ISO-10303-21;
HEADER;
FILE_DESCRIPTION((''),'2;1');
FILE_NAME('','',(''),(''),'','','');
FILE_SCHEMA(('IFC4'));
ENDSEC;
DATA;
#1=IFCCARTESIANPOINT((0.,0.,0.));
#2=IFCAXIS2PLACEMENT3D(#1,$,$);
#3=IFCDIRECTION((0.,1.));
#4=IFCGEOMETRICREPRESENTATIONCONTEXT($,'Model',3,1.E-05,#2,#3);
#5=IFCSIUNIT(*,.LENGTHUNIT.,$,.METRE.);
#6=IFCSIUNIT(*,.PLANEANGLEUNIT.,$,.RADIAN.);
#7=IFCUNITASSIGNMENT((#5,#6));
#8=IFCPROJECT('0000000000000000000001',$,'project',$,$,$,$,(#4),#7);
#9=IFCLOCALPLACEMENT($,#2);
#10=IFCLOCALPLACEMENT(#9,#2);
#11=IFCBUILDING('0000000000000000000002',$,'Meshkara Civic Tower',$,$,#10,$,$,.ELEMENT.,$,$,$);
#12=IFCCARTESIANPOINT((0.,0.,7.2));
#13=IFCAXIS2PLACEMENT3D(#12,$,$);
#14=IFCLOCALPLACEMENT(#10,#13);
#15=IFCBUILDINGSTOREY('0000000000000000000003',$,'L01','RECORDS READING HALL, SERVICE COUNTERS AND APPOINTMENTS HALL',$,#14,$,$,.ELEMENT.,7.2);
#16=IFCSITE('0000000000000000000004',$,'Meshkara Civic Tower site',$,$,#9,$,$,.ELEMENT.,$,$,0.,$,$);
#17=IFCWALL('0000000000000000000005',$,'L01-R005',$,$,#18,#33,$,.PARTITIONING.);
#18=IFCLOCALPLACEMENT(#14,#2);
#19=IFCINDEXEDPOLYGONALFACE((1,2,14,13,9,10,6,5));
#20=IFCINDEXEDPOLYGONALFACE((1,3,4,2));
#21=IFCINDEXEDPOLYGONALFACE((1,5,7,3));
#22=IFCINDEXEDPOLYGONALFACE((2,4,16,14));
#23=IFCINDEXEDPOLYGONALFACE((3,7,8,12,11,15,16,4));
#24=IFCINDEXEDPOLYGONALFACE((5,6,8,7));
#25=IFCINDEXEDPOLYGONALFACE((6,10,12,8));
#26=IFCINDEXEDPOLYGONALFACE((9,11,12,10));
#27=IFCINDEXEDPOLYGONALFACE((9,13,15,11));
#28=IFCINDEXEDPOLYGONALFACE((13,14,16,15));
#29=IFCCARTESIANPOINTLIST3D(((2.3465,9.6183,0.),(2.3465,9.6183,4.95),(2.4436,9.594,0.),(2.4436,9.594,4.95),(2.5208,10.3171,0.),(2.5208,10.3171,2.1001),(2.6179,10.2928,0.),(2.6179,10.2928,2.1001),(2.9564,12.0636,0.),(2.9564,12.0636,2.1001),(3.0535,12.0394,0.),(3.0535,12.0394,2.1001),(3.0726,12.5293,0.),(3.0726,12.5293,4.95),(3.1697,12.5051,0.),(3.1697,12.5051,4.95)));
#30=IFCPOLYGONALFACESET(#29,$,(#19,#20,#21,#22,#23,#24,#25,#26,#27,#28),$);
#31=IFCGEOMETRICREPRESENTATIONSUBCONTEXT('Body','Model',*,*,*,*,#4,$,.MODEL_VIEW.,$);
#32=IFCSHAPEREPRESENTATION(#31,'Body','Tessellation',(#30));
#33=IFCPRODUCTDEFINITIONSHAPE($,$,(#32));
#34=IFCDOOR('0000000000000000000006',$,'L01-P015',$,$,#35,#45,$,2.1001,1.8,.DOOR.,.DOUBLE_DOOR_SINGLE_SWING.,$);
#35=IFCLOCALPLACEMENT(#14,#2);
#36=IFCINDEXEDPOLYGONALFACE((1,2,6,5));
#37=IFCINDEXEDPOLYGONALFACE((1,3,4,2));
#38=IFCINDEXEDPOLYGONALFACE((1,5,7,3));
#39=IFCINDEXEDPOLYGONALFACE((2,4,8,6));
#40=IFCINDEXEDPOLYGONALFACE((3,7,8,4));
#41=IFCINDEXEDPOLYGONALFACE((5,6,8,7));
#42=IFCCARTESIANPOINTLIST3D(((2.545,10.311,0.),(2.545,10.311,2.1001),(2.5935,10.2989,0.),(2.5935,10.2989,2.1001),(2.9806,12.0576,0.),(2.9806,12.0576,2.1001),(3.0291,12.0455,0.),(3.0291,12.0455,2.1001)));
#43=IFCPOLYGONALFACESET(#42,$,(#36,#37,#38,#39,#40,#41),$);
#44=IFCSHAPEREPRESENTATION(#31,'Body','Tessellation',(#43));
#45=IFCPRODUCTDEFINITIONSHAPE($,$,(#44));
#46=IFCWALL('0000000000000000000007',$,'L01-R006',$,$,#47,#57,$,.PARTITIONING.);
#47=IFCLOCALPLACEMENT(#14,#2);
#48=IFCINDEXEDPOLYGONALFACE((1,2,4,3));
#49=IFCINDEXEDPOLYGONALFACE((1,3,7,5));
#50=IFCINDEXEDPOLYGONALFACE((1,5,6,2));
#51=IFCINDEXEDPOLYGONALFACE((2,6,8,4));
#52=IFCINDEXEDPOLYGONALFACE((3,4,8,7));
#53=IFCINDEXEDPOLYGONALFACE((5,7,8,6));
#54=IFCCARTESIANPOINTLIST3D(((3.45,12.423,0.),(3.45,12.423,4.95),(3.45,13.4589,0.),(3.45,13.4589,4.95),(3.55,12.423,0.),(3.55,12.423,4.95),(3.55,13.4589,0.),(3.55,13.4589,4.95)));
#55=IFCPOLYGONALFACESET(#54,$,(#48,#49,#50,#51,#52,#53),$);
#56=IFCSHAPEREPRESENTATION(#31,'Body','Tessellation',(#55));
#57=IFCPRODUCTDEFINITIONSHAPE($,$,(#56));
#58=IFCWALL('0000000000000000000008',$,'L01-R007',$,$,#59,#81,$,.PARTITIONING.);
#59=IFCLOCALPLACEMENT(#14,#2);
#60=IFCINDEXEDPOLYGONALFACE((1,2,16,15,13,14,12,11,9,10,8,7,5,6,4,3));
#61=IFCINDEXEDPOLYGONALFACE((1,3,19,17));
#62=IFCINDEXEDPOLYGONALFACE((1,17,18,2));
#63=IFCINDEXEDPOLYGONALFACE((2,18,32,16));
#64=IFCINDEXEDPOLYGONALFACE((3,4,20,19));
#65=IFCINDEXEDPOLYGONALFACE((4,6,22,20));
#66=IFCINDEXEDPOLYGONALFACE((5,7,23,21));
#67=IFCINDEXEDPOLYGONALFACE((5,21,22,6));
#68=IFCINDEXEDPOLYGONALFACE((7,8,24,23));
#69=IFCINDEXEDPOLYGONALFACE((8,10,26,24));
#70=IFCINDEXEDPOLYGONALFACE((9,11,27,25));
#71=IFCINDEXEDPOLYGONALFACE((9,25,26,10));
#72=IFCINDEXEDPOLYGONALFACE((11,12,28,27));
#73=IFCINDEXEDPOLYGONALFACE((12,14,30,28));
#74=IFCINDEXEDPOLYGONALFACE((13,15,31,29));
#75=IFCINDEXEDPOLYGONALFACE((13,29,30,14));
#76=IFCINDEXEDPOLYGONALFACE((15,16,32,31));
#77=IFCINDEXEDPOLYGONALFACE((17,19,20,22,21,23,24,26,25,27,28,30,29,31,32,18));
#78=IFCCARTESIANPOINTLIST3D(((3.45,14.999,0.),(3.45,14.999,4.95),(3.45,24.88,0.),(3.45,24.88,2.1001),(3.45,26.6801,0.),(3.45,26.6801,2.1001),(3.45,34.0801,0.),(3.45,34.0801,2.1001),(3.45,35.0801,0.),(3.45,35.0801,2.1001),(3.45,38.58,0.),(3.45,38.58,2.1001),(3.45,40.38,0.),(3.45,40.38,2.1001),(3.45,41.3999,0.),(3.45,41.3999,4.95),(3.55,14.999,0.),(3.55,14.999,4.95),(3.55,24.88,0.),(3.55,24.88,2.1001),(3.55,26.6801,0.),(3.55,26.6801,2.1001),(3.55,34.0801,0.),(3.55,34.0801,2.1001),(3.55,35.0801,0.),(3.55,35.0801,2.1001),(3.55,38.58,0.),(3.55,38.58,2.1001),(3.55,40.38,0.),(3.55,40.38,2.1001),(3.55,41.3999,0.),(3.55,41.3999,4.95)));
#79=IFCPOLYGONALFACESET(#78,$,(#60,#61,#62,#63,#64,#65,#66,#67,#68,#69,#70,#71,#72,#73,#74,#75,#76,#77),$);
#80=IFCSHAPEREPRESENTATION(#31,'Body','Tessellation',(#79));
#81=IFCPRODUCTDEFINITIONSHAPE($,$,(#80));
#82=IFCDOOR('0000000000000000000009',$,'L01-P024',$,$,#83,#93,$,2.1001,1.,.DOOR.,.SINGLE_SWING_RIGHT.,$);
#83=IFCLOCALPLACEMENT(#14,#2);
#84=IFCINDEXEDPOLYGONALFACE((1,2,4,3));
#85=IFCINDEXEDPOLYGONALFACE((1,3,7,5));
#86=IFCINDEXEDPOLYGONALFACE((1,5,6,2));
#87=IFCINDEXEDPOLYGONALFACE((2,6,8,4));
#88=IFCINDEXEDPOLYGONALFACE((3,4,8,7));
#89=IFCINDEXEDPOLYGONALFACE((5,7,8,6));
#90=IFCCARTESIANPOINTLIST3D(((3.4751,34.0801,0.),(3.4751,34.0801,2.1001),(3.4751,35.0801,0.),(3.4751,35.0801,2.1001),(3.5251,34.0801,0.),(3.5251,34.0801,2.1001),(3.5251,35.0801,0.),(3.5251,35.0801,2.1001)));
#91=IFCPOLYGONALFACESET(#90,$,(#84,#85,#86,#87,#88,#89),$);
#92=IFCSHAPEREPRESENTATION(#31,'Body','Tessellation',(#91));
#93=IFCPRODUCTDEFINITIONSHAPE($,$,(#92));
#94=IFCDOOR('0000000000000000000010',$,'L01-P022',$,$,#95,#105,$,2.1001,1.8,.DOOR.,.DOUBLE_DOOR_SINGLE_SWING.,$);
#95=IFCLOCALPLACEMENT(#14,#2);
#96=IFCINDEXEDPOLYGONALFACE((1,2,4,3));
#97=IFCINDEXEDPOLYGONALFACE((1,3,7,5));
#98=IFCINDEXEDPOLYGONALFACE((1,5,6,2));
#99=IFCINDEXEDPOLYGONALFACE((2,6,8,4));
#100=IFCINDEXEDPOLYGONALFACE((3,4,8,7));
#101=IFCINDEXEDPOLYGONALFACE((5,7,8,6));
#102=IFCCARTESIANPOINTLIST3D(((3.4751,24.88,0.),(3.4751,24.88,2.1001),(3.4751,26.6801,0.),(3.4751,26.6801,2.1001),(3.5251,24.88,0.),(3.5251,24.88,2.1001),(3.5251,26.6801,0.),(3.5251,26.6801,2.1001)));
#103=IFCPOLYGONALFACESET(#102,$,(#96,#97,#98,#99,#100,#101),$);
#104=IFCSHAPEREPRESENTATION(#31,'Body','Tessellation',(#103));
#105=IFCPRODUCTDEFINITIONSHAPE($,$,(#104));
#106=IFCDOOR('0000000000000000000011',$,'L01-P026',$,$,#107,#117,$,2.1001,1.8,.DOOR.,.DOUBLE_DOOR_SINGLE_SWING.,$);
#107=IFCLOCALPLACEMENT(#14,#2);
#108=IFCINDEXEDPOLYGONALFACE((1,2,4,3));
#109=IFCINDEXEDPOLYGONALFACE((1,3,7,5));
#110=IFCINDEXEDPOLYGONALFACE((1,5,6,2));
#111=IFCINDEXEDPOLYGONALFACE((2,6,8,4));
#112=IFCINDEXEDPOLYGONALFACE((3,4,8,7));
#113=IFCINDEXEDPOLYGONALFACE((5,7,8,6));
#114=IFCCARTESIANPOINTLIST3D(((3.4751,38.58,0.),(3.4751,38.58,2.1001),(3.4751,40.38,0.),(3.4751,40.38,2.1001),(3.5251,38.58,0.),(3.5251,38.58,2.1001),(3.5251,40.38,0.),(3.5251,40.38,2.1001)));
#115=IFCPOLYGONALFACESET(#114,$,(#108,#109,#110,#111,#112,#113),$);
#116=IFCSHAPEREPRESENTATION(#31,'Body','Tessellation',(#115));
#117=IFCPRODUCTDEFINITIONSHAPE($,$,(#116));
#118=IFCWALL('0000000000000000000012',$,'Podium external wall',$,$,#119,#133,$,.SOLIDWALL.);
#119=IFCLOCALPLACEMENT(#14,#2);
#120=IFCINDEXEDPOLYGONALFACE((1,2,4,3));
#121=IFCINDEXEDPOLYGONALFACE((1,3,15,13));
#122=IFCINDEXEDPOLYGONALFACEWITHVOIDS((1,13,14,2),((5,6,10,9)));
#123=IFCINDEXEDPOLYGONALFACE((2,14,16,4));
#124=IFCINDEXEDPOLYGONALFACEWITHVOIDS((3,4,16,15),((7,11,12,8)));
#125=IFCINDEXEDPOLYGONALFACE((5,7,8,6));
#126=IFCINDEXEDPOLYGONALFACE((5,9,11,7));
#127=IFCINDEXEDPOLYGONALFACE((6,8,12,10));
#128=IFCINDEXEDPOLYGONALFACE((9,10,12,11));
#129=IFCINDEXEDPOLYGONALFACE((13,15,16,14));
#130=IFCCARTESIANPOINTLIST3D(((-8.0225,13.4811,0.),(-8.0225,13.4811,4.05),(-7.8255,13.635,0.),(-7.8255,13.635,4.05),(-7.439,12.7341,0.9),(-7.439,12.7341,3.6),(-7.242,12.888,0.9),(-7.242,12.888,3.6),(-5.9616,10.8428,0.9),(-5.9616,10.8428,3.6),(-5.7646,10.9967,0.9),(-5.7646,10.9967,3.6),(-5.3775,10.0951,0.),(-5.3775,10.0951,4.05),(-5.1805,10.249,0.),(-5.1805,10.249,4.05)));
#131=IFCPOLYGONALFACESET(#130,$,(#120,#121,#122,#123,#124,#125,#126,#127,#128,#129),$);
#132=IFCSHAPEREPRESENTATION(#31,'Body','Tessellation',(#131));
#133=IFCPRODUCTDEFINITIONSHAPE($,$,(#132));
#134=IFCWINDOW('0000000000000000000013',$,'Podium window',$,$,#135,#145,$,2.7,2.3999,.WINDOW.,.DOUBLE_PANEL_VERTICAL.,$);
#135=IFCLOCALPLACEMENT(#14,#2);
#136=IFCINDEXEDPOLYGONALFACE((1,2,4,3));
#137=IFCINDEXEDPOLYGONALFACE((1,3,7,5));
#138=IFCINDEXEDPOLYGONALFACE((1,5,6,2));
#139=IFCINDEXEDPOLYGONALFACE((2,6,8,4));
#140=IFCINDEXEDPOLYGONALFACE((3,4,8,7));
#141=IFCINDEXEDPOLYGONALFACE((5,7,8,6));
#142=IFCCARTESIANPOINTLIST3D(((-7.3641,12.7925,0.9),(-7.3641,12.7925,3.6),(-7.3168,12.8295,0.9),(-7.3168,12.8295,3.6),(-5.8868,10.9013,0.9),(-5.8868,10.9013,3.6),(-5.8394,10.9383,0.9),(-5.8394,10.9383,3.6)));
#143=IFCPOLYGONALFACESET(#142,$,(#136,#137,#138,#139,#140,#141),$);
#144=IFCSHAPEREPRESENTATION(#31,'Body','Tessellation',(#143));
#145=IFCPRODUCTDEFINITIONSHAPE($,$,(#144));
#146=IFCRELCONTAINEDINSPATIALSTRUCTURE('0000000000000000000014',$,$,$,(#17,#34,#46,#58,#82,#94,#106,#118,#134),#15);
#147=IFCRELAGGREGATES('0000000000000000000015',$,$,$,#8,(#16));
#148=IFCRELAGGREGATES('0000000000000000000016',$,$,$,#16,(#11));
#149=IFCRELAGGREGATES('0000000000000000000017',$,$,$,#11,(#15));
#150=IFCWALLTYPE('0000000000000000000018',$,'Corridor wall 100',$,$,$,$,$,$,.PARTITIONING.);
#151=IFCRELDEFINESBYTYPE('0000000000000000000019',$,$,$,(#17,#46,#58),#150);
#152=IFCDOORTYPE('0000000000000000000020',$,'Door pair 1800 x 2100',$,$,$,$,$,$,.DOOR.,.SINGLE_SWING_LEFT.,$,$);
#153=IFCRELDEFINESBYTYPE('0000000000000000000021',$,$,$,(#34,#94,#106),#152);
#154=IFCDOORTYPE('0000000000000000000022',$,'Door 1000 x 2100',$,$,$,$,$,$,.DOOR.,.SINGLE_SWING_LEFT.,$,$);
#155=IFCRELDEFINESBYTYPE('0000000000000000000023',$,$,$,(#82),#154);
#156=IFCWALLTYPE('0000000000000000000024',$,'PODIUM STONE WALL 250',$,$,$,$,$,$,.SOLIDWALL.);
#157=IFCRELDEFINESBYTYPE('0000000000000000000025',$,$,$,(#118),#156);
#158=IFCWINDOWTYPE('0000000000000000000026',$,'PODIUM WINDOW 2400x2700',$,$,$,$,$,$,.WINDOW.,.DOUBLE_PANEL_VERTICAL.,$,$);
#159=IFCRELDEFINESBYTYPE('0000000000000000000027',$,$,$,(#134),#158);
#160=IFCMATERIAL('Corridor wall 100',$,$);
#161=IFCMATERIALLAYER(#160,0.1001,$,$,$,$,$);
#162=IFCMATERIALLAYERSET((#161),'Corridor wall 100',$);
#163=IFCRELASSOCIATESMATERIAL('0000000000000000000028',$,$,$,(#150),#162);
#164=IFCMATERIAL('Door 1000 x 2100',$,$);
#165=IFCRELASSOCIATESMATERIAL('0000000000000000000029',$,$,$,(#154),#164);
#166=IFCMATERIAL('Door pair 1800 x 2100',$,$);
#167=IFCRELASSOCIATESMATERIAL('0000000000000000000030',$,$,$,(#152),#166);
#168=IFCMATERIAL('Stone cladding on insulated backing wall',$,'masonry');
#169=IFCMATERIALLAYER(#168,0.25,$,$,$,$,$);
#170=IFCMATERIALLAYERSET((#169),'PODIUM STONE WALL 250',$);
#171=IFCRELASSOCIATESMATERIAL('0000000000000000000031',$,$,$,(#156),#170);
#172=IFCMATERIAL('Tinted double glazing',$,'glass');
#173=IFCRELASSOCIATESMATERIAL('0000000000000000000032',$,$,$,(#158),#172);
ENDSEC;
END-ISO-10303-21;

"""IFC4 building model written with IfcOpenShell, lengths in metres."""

from ifc_helpers import new_model, si_unit, direction, frame, frame_2d, origin, place, context, subcontext, project, spatial, rectangle, extrude, material, layer, layer_set, type_object, element, fill, save


model = new_model("IFC4")

# Units and contexts
model_context = context("Model", 3, precision=1e-05, world=origin(), true_north=direction((0.0, 1.0)))
body_context = subcontext(model_context, "Body", "Model", "MODEL_VIEW")
ifc_project = project(units=[si_unit("LENGTHUNIT", "METRE"), si_unit("PLANEANGLEUNIT", "RADIAN")], contexts=[model_context])

# Site, building, storey
site_placement = place(None, origin())
site = spatial("IfcSite", under=ifc_project, at=site_placement, Name="Meshkara Civic Tower site", CompositionType="ELEMENT", RefElevation=0.0)
building_placement = place(site_placement, origin())
building = spatial("IfcBuilding", under=site, at=building_placement, Name="Meshkara Civic Tower", CompositionType="ELEMENT")
storey_placement = place(building_placement, frame((0.0, 0.0, 7.2)))
storey = spatial("IfcBuildingStorey", under=building, at=storey_placement, Name="L01", Description="RECORDS READING HALL, SERVICE COUNTERS AND APPOINTMENTS HALL", CompositionType="ELEMENT", Elevation=7.2)

# Shared definitions
ifc_material_1 = material(Name="Corridor wall 100")
ifc_layer_1 = layer(ifc_material_1, 0.1001)
ifc_layer_set_1 = layer_set([ifc_layer_1], Name="Corridor wall 100")
wall_type_1 = type_object("IfcWallType", Name="Corridor wall 100", PredefinedType="PARTITIONING", material=ifc_layer_set_1)
ifc_material_2 = material(Name="Door 1000 x 2100")
door_type_1 = type_object("IfcDoorType", Name="Door 1000 x 2100", OperationType="SINGLE_SWING_LEFT", PredefinedType="DOOR", material=ifc_material_2)
ifc_material_3 = material(Name="Door pair 1800 x 2100")
door_type_2 = type_object("IfcDoorType", Name="Door pair 1800 x 2100", OperationType="SINGLE_SWING_LEFT", PredefinedType="DOOR", material=ifc_material_3)

# Wall, opening, door
wall_1_placement = place(storey_placement, frame((3.1211, 12.5171, 0.0), z_axis=(0.0, 0.0, 1.0), x_axis=(-0.241999, -0.970276, 0.0)))
wall_1 = element("IfcWall", 1, at=wall_1_placement, inside=storey, type_object=wall_type_1, Name="L01-R005", PredefinedType="PARTITIONING", context=body_context, shape_type="SweptSolid", body=[
    extrude(rectangle(XDim=3.0002, YDim=0.1001, at=frame_2d((1.5, 0.0))), origin(), (0.0, 0.0, 1.0), 4.95),
])
opening_1_placement = place(wall_1_placement, frame((0.48, 0.0, 0.0)))
opening_1 = element("IfcOpeningElement", 2, at=opening_1_placement, cuts=wall_1, PredefinedType="OPENING", context=body_context, shape_type="SweptSolid", body=[
    extrude(rectangle(XDim=1.8, YDim=2.1001, at=frame_2d((0.8999, 1.05))), frame((0.0, 0.0601, 0.0), z_axis=(0.0, -1.0, 0.0), x_axis=(1.0, 0.0, 0.0)), (0.0, 0.0, 1.0), 0.1201),
])
door_1_placement = place(opening_1_placement, origin())
door_1 = element("IfcDoor", 3, at=door_1_placement, inside=storey, type_object=door_type_2, Name="L01-P015", OperationType="DOUBLE_DOOR_SINGLE_SWING", OverallHeight=2.1001, OverallWidth=1.8, PredefinedType="DOOR", context=body_context, shape_type="SweptSolid", body=[
    extrude(rectangle(XDim=1.8, YDim=2.1001, at=frame_2d((0.8999, 1.05))), frame((0.0, 0.0249, 0.0), z_axis=(0.0, -1.0, 0.0), x_axis=(1.0, 0.0, 0.0)), (0.0, 0.0, 1.0), 0.05),
])
fill(opening_1, door_1)

# Wall
wall_2_placement = place(storey_placement, frame((3.5, 13.459, 0.0), z_axis=(0.0, 0.0, 1.0), x_axis=(0.0, -1.0, 0.0)))
element("IfcWall", 4, at=wall_2_placement, inside=storey, type_object=wall_type_1, Name="L01-R006", PredefinedType="PARTITIONING", context=body_context, shape_type="SweptSolid", body=[
    extrude(rectangle(XDim=1.0359, YDim=0.1001, at=frame_2d((0.5181, 0.0))), origin(), (0.0, 0.0, 1.0), 4.95),
])

# Wall, openings, doors
wall_3_placement = place(storey_placement, frame((3.5, 14.999, 0.0), z_axis=(0.0, 0.0, 1.0), x_axis=(0.0, 1.0, 0.0)))
wall_3 = element("IfcWall", 5, at=wall_3_placement, inside=storey, type_object=wall_type_1, Name="L01-R007", PredefinedType="PARTITIONING", context=body_context, shape_type="SweptSolid", body=[
    extrude(rectangle(XDim=26.4009, YDim=0.1001, at=frame_2d((13.2004, 0.0))), origin(), (0.0, 0.0, 1.0), 4.95),
])
opening_2_placement = place(wall_3_placement, frame((9.8811, 0.0, 0.0)))
opening_2 = element("IfcOpeningElement", 6, at=opening_2_placement, cuts=wall_3, PredefinedType="OPENING", context=body_context, shape_type="SweptSolid", body=[
    extrude(rectangle(XDim=1.8, YDim=2.1001, at=frame_2d((0.8999, 1.05))), frame((0.0, 0.0601, 0.0), z_axis=(0.0, -1.0, 0.0), x_axis=(1.0, 0.0, 0.0)), (0.0, 0.0, 1.0), 0.1201),
])
opening_3_placement = place(wall_3_placement, frame((19.0811, 0.0, 0.0)))
opening_3 = element("IfcOpeningElement", 7, at=opening_3_placement, cuts=wall_3, PredefinedType="OPENING", context=body_context, shape_type="SweptSolid", body=[
    extrude(rectangle(XDim=1.0, YDim=2.1001, at=frame_2d((0.5, 1.05))), frame((0.0, 0.0601, 0.0), z_axis=(0.0, -1.0, 0.0), x_axis=(1.0, 0.0, 0.0)), (0.0, 0.0, 1.0), 0.1201),
])
opening_4_placement = place(wall_3_placement, frame((23.5811, 0.0, 0.0)))
opening_4 = element("IfcOpeningElement", 8, at=opening_4_placement, cuts=wall_3, PredefinedType="OPENING", context=body_context, shape_type="SweptSolid", body=[
    extrude(rectangle(XDim=1.8, YDim=2.1001, at=frame_2d((0.8999, 1.05))), frame((0.0, 0.0601, 0.0), z_axis=(0.0, -1.0, 0.0), x_axis=(1.0, 0.0, 0.0)), (0.0, 0.0, 1.0), 0.1201),
])
door_2_placement = place(opening_3_placement, origin())
door_2 = element("IfcDoor", 9, at=door_2_placement, inside=storey, type_object=door_type_1, Name="L01-P024", OperationType="SINGLE_SWING_RIGHT", OverallHeight=2.1001, OverallWidth=1.0, PredefinedType="DOOR", context=body_context, shape_type="SweptSolid", body=[
    extrude(rectangle(XDim=1.0, YDim=2.1001, at=frame_2d((0.5, 1.05))), frame((0.0, 0.0249, 0.0), z_axis=(0.0, -1.0, 0.0), x_axis=(1.0, 0.0, 0.0)), (0.0, 0.0, 1.0), 0.05),
])
fill(opening_3, door_2)
door_3_placement = place(opening_2_placement, origin())
door_3 = element("IfcDoor", 10, at=door_3_placement, inside=storey, type_object=door_type_2, Name="L01-P022", OperationType="DOUBLE_DOOR_SINGLE_SWING", OverallHeight=2.1001, OverallWidth=1.8, PredefinedType="DOOR", context=body_context, shape_type="SweptSolid", body=[
    extrude(rectangle(XDim=1.8, YDim=2.1001, at=frame_2d((0.8999, 1.05))), frame((0.0, 0.0249, 0.0), z_axis=(0.0, -1.0, 0.0), x_axis=(1.0, 0.0, 0.0)), (0.0, 0.0, 1.0), 0.05),
])
fill(opening_2, door_3)
door_4_placement = place(opening_4_placement, origin())
door_4 = element("IfcDoor", 11, at=door_4_placement, inside=storey, type_object=door_type_2, Name="L01-P026", OperationType="DOUBLE_DOOR_SINGLE_SWING", OverallHeight=2.1001, OverallWidth=1.8, PredefinedType="DOOR", context=body_context, shape_type="SweptSolid", body=[
    extrude(rectangle(XDim=1.8, YDim=2.1001, at=frame_2d((0.8999, 1.05))), frame((0.0, 0.0249, 0.0), z_axis=(0.0, -1.0, 0.0), x_axis=(1.0, 0.0, 0.0)), (0.0, 0.0, 1.0), 0.05),
])
fill(opening_4, door_4)

# Wall, opening, window
ifc_material_4 = material(Name="Stone cladding on insulated backing wall", Category="masonry")
ifc_layer_2 = layer(ifc_material_4, 0.25)
ifc_layer_set_2 = layer_set([ifc_layer_2], Name="PODIUM STONE WALL 250")
wall_type_2 = type_object("IfcWallType", Name="PODIUM STONE WALL 250", PredefinedType="SOLIDWALL", material=ifc_layer_set_2)
wall_4_placement = place(storey_placement, frame((-7.9241, 13.5581, 0.0), z_axis=(0.0, 0.0, 1.0), x_axis=(0.615603, -0.788056, 0.0)))
wall_4 = element("IfcWall", 12, at=wall_4_placement, inside=storey, type_object=wall_type_2, Name="Podium external wall", PredefinedType="SOLIDWALL", context=body_context, shape_type="SweptSolid", body=[
    extrude(rectangle(XDim=4.2966, YDim=0.25, at=frame_2d((2.1484, 0.0))), origin(), (0.0, 0.0, 1.0), 4.05),
])
opening_5_placement = place(wall_4_placement, frame((0.948, 0.0, 0.8999)))
opening_5 = element("IfcOpeningElement", 13, at=opening_5_placement, cuts=wall_4, PredefinedType="OPENING", context=body_context, shape_type="SweptSolid", body=[
    extrude(rectangle(XDim=2.3999, YDim=2.7, at=frame_2d((1.2, 1.3501))), frame((0.0, 0.135, 0.0), z_axis=(0.0, -1.0, 0.0), x_axis=(1.0, 0.0, 0.0)), (0.0, 0.0, 1.0), 0.27),
])
ifc_material_5 = material(Name="Tinted double glazing", Category="glass")
window_type = type_object("IfcWindowType", Name="PODIUM WINDOW 2400x2700", PartitioningType="DOUBLE_PANEL_VERTICAL", PredefinedType="WINDOW", material=ifc_material_5)
window_1_placement = place(opening_5_placement, origin())
window_1 = element("IfcWindow", 14, at=window_1_placement, inside=storey, type_object=window_type, Name="Podium window", OverallHeight=2.7, OverallWidth=2.3999, PartitioningType="DOUBLE_PANEL_VERTICAL", PredefinedType="WINDOW", context=body_context, shape_type="SweptSolid", body=[
    extrude(rectangle(XDim=2.3999, YDim=2.7, at=frame_2d((1.2, 1.3501))), frame((0.0, 0.03, 0.0), z_axis=(0.0, -1.0, 0.0), x_axis=(1.0, 0.0, 0.0)), (0.0, 0.0, 1.0), 0.0601),
])
fill(opening_5, window_1)

save(model, "model.ifc")
